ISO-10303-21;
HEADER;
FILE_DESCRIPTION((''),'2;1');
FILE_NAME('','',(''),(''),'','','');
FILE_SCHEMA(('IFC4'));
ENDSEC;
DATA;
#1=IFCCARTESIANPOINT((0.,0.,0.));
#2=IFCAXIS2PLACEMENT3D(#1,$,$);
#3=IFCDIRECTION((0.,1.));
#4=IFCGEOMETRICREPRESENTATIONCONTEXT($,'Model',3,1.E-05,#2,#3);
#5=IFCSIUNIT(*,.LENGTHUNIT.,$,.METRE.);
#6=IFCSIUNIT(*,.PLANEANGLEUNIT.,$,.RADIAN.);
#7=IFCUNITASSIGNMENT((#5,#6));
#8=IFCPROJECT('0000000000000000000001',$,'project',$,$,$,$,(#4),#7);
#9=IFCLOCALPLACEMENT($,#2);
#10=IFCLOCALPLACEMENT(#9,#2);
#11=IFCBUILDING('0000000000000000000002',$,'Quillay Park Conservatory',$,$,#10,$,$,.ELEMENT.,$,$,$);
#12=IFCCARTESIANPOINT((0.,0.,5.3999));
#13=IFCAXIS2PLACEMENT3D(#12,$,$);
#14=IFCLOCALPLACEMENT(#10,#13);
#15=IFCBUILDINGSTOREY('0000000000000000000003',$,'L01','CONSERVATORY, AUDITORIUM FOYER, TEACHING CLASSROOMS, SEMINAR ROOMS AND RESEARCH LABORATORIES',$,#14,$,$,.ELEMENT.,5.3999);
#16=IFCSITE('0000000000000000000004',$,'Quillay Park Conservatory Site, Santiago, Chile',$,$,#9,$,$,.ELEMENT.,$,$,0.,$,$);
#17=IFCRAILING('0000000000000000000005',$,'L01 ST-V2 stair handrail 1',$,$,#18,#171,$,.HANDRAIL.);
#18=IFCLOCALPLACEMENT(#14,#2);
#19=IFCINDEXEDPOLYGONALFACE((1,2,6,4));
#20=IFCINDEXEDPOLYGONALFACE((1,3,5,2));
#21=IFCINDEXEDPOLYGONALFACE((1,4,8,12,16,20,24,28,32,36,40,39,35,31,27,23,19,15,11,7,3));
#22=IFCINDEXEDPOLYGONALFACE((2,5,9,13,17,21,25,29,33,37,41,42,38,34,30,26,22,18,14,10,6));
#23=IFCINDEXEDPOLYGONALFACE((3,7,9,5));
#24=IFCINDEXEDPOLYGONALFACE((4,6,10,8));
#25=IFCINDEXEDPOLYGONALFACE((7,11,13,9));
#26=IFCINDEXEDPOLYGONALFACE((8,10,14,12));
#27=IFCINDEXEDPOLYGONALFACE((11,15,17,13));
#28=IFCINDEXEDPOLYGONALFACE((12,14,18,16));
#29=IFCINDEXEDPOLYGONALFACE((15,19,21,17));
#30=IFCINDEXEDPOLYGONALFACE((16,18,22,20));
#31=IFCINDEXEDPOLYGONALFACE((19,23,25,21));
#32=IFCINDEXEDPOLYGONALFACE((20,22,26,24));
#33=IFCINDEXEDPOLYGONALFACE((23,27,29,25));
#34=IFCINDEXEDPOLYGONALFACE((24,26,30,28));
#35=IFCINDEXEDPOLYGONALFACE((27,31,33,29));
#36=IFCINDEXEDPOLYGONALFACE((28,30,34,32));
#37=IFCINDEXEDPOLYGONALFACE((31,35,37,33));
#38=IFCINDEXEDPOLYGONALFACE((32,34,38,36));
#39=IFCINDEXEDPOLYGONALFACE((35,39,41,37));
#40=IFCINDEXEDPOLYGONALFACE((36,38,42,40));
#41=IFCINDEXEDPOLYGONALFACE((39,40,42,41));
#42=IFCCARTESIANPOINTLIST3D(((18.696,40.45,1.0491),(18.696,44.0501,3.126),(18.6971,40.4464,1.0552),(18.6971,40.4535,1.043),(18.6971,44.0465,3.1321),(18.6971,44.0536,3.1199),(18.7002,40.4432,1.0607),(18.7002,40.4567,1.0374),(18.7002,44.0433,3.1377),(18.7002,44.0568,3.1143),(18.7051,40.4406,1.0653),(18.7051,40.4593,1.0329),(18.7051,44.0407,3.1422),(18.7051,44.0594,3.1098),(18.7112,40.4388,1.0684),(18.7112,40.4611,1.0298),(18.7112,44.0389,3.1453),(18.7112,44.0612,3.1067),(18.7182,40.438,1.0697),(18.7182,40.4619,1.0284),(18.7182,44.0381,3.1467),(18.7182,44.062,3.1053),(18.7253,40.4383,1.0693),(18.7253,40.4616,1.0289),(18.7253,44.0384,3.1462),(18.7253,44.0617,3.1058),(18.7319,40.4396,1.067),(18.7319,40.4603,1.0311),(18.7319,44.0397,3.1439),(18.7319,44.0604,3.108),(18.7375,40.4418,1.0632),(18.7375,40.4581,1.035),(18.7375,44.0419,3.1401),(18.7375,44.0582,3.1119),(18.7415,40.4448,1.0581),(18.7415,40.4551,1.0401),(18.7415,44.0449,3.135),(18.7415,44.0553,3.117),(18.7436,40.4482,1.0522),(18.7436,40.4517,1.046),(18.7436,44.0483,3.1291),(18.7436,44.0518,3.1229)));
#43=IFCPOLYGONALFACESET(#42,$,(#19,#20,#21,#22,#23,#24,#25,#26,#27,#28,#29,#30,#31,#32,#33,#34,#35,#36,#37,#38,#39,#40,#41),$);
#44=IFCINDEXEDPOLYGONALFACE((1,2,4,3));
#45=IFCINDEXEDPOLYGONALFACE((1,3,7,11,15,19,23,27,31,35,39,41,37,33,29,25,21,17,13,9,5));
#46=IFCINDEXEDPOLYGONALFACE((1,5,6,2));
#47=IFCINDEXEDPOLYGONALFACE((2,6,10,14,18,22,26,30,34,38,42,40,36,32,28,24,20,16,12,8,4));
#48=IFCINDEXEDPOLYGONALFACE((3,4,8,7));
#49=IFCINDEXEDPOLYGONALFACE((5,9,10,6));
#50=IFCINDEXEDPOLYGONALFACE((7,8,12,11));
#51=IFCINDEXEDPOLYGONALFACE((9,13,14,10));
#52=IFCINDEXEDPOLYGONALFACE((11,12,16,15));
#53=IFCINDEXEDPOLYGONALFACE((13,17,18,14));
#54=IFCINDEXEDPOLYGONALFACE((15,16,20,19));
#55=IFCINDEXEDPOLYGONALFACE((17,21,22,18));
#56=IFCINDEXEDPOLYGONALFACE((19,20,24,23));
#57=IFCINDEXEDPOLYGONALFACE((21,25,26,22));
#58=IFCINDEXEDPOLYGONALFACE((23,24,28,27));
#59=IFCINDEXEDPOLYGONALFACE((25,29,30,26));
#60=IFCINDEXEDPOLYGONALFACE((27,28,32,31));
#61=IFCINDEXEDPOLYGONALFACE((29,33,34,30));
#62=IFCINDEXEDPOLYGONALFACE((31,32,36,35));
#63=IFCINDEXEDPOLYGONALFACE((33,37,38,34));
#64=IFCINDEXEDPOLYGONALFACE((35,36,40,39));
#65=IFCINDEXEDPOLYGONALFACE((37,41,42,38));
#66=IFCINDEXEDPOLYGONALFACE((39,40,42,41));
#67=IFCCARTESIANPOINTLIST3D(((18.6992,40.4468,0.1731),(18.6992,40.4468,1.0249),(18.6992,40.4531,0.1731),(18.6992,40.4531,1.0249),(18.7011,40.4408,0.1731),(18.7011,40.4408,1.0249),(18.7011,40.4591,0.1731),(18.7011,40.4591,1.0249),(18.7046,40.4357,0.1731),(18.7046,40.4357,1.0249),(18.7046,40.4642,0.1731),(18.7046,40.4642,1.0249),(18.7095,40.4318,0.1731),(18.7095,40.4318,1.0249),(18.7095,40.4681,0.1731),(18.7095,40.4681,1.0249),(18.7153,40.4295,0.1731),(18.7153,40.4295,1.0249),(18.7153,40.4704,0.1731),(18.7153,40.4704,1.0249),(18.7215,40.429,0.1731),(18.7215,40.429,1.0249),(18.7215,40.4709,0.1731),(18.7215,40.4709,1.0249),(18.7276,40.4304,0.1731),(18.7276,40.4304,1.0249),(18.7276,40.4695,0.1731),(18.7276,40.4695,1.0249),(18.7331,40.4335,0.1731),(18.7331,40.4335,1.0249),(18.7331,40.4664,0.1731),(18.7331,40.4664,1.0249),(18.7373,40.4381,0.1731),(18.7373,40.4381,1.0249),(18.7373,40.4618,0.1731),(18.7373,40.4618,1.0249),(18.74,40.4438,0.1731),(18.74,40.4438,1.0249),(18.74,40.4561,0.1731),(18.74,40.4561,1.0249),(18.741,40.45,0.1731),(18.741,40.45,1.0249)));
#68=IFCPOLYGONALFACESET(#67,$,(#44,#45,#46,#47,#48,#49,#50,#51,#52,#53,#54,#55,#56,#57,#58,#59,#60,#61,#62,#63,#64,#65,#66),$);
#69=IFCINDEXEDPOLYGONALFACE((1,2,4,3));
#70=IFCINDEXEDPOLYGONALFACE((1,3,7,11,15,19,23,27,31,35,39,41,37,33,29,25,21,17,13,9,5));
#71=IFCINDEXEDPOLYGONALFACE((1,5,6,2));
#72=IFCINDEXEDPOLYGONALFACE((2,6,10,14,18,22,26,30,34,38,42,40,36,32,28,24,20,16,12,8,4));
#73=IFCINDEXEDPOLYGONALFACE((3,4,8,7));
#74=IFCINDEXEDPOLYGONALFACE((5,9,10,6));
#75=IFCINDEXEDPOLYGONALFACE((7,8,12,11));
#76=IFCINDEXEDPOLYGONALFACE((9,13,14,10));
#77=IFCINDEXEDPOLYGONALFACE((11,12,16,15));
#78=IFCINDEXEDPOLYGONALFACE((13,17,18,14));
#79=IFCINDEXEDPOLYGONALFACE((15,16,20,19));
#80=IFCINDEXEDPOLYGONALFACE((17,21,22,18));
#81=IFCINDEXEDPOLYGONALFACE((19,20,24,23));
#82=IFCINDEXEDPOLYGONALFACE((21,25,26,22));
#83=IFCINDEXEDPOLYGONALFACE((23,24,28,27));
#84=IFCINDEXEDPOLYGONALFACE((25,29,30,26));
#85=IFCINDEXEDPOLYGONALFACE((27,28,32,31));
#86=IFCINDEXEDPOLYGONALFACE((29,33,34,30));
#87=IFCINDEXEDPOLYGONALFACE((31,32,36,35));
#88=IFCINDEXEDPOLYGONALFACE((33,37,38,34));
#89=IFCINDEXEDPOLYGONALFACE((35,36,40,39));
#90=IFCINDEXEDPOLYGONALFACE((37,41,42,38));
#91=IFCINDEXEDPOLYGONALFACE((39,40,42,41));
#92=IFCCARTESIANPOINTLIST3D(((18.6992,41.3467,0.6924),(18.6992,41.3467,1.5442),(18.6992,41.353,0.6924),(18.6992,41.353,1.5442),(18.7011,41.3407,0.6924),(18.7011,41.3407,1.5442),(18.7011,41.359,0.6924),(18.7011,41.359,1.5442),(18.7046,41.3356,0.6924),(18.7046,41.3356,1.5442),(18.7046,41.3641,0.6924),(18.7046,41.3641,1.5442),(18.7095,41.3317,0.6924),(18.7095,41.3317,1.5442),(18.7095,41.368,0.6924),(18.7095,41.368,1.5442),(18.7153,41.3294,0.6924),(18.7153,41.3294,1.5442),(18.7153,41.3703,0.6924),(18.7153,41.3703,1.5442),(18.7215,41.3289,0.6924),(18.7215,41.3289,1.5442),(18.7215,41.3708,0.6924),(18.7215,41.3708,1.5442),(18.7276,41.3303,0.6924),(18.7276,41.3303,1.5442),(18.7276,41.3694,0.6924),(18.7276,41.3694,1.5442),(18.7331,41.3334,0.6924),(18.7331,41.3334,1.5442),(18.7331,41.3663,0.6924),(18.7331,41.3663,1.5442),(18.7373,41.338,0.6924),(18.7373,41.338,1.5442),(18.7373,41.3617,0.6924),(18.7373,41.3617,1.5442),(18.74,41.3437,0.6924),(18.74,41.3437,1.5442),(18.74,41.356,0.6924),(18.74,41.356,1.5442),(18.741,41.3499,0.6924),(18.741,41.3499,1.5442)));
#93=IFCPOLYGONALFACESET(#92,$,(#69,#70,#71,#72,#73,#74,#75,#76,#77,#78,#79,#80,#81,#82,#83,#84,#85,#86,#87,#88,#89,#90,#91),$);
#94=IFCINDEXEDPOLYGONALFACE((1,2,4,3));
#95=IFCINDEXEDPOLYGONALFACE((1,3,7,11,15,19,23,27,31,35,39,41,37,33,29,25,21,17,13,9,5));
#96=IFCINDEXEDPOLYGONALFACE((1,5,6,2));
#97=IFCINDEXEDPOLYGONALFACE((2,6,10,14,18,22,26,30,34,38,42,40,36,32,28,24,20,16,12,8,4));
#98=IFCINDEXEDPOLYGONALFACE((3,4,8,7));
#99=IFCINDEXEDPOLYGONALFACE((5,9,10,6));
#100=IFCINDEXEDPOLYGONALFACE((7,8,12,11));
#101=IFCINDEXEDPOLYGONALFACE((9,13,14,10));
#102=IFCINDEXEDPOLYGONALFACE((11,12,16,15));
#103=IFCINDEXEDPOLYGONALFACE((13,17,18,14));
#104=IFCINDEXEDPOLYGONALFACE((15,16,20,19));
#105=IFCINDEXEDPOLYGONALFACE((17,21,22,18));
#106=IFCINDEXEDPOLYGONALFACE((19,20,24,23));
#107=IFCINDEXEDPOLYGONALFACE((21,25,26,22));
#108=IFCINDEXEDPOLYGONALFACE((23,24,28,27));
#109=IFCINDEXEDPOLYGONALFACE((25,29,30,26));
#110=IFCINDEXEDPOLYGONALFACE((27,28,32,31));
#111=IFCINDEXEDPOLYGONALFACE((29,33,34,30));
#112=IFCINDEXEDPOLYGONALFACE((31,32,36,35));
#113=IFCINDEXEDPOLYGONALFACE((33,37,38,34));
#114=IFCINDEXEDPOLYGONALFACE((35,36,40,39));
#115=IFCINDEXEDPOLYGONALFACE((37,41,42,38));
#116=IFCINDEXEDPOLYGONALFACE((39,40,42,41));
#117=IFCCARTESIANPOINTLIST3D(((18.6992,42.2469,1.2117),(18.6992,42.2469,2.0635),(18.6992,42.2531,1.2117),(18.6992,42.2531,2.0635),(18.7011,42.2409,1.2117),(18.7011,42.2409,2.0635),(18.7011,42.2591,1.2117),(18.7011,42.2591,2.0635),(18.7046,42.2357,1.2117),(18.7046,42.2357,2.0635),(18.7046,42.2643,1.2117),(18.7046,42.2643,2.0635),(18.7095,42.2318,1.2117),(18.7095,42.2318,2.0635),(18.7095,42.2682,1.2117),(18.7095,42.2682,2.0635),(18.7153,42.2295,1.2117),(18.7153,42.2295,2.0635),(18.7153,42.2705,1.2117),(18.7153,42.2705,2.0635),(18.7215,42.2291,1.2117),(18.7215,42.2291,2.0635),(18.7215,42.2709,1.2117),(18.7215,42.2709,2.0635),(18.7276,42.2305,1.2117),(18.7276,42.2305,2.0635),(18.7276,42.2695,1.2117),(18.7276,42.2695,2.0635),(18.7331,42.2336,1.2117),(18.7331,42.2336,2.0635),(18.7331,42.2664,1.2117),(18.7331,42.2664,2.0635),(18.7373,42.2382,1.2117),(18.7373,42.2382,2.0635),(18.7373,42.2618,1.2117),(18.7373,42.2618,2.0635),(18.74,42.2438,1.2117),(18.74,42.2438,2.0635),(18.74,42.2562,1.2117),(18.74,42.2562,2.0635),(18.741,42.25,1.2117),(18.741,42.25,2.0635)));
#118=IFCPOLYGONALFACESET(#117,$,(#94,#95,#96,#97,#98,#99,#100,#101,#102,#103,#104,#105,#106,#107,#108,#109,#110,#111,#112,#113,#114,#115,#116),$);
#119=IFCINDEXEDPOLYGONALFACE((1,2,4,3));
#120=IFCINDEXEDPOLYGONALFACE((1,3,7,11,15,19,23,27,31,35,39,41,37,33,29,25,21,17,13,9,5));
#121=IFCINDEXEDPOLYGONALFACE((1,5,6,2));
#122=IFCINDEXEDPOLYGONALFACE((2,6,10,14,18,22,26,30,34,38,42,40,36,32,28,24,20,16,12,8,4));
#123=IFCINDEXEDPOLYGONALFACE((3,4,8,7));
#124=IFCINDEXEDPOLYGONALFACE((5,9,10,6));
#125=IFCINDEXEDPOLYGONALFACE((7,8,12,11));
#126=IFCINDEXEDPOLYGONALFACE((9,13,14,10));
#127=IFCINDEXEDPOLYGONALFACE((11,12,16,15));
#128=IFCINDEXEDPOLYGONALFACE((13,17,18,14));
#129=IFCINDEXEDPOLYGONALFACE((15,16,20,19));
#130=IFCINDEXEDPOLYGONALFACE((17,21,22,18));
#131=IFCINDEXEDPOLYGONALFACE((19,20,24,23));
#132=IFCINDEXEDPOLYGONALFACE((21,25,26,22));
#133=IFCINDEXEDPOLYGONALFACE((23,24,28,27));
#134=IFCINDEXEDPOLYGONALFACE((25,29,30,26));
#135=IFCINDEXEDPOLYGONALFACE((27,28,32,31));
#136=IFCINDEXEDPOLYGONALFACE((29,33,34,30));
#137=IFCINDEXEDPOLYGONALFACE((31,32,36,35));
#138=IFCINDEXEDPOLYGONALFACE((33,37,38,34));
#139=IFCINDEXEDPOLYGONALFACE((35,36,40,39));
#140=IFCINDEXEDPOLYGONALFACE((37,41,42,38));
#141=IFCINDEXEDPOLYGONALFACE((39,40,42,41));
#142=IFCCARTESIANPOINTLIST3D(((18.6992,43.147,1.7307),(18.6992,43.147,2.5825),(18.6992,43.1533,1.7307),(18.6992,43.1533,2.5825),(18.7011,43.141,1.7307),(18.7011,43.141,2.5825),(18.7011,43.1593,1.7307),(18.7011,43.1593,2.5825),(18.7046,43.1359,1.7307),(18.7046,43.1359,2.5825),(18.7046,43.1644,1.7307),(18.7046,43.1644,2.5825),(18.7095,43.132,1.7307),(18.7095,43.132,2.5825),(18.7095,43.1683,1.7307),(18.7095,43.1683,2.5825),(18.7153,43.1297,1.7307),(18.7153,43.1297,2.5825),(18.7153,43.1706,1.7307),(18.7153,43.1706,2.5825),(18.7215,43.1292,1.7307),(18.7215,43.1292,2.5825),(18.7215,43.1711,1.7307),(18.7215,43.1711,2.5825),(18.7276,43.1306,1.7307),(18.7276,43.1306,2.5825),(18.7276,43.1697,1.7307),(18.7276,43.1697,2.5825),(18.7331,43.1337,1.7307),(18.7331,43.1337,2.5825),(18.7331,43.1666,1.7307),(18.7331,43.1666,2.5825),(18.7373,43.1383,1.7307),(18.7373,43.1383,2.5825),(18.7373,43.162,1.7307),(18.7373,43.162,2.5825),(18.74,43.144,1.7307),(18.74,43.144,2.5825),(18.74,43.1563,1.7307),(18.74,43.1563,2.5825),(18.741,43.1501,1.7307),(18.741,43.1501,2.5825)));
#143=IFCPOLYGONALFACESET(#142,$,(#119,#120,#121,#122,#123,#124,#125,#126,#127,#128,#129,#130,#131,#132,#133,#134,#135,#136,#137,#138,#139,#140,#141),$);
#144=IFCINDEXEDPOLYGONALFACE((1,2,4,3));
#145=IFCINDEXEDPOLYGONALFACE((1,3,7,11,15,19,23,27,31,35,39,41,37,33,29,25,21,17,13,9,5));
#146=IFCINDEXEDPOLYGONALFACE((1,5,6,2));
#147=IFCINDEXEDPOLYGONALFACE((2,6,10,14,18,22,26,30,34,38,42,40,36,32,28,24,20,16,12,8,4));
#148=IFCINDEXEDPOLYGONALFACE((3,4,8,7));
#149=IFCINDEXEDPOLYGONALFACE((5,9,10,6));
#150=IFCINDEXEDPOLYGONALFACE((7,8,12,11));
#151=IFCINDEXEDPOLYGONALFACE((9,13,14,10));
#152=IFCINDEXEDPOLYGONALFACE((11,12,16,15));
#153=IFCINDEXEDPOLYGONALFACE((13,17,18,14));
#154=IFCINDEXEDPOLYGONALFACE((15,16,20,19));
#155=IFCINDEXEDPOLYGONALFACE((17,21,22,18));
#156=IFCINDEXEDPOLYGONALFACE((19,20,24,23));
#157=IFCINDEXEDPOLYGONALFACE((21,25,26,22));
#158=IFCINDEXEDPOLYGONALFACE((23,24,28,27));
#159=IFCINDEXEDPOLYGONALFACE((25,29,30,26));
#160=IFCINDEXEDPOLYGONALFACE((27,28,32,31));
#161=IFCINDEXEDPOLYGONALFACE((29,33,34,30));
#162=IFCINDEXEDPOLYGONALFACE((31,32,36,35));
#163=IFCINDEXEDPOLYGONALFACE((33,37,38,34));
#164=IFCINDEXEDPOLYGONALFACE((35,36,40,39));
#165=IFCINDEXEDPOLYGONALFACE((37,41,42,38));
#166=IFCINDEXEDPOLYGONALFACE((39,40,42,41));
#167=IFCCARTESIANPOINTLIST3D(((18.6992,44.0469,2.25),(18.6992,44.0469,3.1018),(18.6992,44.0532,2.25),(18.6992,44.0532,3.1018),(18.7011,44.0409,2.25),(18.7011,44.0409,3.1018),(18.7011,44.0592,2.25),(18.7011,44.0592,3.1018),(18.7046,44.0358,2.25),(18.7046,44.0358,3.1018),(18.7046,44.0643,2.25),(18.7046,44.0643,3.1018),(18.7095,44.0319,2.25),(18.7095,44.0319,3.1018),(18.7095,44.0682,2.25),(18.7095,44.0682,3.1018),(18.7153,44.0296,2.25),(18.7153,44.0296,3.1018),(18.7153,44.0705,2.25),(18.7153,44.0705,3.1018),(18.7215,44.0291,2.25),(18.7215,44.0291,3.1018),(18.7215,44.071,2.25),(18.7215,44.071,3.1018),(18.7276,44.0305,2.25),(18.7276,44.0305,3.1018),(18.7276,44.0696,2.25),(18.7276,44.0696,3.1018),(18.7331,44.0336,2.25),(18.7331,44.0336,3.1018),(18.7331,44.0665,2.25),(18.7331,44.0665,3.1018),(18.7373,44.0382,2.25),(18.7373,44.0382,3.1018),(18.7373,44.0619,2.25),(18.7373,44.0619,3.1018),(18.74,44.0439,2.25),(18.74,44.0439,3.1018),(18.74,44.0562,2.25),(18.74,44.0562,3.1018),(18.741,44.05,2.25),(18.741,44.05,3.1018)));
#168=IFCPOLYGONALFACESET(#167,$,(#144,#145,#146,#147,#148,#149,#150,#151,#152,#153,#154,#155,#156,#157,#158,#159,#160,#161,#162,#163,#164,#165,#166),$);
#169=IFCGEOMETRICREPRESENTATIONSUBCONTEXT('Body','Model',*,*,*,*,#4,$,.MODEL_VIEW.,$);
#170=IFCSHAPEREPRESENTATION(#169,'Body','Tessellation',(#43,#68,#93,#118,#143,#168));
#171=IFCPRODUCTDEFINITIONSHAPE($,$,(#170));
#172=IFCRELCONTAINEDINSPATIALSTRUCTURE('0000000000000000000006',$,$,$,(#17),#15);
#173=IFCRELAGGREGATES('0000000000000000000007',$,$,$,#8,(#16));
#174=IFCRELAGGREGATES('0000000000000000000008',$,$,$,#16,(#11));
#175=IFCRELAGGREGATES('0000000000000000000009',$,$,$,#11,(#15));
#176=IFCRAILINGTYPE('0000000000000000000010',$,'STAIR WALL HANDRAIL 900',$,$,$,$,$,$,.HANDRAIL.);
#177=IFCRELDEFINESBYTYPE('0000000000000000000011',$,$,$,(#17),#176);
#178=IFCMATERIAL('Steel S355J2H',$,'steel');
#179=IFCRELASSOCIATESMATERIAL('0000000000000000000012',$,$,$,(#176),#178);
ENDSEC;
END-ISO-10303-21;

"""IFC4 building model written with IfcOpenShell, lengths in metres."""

from ifc_helpers import new_model, si_unit, direction, frame, origin, origin_2d, place, context, subcontext, project, spatial, circle, extrude, material, type_object, element, save


model = new_model("IFC4")

# Units and contexts
model_context = context("Model", 3, precision=1e-05, world=origin(), true_north=direction((0.0, 1.0)))
body_context = subcontext(model_context, "Body", "Model", "MODEL_VIEW")
ifc_project = project(units=[si_unit("LENGTHUNIT", "METRE"), si_unit("PLANEANGLEUNIT", "RADIAN")], contexts=[model_context])

# Site, building, storey
site_placement = place(None, origin())
site = spatial("IfcSite", under=ifc_project, at=site_placement, Name="Quillay Park Conservatory Site, Santiago, Chile", CompositionType="ELEMENT", RefElevation=0.0)
building_placement = place(site_placement, origin())
building = spatial("IfcBuilding", under=site, at=building_placement, Name="Quillay Park Conservatory", CompositionType="ELEMENT")
storey_placement = place(building_placement, frame((0.0, 0.0, 5.3999)))
storey = spatial("IfcBuildingStorey", under=building, at=storey_placement, Name="L01", Description="CONSERVATORY, AUDITORIUM FOYER, TEACHING CLASSROOMS, SEMINAR ROOMS AND RESEARCH LABORATORIES", CompositionType="ELEMENT", Elevation=5.3999)

# Railing
ifc_material_1 = material(Name="Steel S355J2H", Category="steel")
railing_type_1 = type_object("IfcRailingType", Name="STAIR WALL HANDRAIL 900", PredefinedType="HANDRAIL", material=ifc_material_1)
railing_1_placement = place(storey_placement, frame((18.72, 40.45, 0.1731)))
element("IfcRailing", 1, at=railing_1_placement, inside=storey, type_object=railing_type_1, Name="L01 ST-V2 stair handrail 1", PredefinedType="HANDRAIL", context=body_context, shape_type="SweptSolid", body=[
    extrude(circle(Radius=0.0239, at=origin_2d()), frame((0.0, 0.0, 0.876), z_axis=(0.0, 0.866193, 0.499709), x_axis=(-1.0, 0.0, 0.0)), (0.0, 0.0, 1.0), 4.1562),
    extrude(circle(Radius=0.021, at=origin_2d()), origin(), (0.0, 0.0, 1.0), 0.8518),
    extrude(circle(Radius=0.021, at=origin_2d()), frame((0.0, 0.8999, 0.5193)), (0.0, 0.0, 1.0), 0.8518),
    extrude(circle(Radius=0.021, at=origin_2d()), frame((0.0, 1.8, 1.0386)), (0.0, 0.0, 1.0), 0.8518),
    extrude(circle(Radius=0.021, at=origin_2d()), frame((0.0, 2.7002, 1.5576)), (0.0, 0.0, 1.0), 0.8518),
    extrude(circle(Radius=0.021, at=origin_2d()), frame((0.0, 3.6001, 2.0769)), (0.0, 0.0, 1.0), 0.8518),
])

save(model, "model.ifc")
